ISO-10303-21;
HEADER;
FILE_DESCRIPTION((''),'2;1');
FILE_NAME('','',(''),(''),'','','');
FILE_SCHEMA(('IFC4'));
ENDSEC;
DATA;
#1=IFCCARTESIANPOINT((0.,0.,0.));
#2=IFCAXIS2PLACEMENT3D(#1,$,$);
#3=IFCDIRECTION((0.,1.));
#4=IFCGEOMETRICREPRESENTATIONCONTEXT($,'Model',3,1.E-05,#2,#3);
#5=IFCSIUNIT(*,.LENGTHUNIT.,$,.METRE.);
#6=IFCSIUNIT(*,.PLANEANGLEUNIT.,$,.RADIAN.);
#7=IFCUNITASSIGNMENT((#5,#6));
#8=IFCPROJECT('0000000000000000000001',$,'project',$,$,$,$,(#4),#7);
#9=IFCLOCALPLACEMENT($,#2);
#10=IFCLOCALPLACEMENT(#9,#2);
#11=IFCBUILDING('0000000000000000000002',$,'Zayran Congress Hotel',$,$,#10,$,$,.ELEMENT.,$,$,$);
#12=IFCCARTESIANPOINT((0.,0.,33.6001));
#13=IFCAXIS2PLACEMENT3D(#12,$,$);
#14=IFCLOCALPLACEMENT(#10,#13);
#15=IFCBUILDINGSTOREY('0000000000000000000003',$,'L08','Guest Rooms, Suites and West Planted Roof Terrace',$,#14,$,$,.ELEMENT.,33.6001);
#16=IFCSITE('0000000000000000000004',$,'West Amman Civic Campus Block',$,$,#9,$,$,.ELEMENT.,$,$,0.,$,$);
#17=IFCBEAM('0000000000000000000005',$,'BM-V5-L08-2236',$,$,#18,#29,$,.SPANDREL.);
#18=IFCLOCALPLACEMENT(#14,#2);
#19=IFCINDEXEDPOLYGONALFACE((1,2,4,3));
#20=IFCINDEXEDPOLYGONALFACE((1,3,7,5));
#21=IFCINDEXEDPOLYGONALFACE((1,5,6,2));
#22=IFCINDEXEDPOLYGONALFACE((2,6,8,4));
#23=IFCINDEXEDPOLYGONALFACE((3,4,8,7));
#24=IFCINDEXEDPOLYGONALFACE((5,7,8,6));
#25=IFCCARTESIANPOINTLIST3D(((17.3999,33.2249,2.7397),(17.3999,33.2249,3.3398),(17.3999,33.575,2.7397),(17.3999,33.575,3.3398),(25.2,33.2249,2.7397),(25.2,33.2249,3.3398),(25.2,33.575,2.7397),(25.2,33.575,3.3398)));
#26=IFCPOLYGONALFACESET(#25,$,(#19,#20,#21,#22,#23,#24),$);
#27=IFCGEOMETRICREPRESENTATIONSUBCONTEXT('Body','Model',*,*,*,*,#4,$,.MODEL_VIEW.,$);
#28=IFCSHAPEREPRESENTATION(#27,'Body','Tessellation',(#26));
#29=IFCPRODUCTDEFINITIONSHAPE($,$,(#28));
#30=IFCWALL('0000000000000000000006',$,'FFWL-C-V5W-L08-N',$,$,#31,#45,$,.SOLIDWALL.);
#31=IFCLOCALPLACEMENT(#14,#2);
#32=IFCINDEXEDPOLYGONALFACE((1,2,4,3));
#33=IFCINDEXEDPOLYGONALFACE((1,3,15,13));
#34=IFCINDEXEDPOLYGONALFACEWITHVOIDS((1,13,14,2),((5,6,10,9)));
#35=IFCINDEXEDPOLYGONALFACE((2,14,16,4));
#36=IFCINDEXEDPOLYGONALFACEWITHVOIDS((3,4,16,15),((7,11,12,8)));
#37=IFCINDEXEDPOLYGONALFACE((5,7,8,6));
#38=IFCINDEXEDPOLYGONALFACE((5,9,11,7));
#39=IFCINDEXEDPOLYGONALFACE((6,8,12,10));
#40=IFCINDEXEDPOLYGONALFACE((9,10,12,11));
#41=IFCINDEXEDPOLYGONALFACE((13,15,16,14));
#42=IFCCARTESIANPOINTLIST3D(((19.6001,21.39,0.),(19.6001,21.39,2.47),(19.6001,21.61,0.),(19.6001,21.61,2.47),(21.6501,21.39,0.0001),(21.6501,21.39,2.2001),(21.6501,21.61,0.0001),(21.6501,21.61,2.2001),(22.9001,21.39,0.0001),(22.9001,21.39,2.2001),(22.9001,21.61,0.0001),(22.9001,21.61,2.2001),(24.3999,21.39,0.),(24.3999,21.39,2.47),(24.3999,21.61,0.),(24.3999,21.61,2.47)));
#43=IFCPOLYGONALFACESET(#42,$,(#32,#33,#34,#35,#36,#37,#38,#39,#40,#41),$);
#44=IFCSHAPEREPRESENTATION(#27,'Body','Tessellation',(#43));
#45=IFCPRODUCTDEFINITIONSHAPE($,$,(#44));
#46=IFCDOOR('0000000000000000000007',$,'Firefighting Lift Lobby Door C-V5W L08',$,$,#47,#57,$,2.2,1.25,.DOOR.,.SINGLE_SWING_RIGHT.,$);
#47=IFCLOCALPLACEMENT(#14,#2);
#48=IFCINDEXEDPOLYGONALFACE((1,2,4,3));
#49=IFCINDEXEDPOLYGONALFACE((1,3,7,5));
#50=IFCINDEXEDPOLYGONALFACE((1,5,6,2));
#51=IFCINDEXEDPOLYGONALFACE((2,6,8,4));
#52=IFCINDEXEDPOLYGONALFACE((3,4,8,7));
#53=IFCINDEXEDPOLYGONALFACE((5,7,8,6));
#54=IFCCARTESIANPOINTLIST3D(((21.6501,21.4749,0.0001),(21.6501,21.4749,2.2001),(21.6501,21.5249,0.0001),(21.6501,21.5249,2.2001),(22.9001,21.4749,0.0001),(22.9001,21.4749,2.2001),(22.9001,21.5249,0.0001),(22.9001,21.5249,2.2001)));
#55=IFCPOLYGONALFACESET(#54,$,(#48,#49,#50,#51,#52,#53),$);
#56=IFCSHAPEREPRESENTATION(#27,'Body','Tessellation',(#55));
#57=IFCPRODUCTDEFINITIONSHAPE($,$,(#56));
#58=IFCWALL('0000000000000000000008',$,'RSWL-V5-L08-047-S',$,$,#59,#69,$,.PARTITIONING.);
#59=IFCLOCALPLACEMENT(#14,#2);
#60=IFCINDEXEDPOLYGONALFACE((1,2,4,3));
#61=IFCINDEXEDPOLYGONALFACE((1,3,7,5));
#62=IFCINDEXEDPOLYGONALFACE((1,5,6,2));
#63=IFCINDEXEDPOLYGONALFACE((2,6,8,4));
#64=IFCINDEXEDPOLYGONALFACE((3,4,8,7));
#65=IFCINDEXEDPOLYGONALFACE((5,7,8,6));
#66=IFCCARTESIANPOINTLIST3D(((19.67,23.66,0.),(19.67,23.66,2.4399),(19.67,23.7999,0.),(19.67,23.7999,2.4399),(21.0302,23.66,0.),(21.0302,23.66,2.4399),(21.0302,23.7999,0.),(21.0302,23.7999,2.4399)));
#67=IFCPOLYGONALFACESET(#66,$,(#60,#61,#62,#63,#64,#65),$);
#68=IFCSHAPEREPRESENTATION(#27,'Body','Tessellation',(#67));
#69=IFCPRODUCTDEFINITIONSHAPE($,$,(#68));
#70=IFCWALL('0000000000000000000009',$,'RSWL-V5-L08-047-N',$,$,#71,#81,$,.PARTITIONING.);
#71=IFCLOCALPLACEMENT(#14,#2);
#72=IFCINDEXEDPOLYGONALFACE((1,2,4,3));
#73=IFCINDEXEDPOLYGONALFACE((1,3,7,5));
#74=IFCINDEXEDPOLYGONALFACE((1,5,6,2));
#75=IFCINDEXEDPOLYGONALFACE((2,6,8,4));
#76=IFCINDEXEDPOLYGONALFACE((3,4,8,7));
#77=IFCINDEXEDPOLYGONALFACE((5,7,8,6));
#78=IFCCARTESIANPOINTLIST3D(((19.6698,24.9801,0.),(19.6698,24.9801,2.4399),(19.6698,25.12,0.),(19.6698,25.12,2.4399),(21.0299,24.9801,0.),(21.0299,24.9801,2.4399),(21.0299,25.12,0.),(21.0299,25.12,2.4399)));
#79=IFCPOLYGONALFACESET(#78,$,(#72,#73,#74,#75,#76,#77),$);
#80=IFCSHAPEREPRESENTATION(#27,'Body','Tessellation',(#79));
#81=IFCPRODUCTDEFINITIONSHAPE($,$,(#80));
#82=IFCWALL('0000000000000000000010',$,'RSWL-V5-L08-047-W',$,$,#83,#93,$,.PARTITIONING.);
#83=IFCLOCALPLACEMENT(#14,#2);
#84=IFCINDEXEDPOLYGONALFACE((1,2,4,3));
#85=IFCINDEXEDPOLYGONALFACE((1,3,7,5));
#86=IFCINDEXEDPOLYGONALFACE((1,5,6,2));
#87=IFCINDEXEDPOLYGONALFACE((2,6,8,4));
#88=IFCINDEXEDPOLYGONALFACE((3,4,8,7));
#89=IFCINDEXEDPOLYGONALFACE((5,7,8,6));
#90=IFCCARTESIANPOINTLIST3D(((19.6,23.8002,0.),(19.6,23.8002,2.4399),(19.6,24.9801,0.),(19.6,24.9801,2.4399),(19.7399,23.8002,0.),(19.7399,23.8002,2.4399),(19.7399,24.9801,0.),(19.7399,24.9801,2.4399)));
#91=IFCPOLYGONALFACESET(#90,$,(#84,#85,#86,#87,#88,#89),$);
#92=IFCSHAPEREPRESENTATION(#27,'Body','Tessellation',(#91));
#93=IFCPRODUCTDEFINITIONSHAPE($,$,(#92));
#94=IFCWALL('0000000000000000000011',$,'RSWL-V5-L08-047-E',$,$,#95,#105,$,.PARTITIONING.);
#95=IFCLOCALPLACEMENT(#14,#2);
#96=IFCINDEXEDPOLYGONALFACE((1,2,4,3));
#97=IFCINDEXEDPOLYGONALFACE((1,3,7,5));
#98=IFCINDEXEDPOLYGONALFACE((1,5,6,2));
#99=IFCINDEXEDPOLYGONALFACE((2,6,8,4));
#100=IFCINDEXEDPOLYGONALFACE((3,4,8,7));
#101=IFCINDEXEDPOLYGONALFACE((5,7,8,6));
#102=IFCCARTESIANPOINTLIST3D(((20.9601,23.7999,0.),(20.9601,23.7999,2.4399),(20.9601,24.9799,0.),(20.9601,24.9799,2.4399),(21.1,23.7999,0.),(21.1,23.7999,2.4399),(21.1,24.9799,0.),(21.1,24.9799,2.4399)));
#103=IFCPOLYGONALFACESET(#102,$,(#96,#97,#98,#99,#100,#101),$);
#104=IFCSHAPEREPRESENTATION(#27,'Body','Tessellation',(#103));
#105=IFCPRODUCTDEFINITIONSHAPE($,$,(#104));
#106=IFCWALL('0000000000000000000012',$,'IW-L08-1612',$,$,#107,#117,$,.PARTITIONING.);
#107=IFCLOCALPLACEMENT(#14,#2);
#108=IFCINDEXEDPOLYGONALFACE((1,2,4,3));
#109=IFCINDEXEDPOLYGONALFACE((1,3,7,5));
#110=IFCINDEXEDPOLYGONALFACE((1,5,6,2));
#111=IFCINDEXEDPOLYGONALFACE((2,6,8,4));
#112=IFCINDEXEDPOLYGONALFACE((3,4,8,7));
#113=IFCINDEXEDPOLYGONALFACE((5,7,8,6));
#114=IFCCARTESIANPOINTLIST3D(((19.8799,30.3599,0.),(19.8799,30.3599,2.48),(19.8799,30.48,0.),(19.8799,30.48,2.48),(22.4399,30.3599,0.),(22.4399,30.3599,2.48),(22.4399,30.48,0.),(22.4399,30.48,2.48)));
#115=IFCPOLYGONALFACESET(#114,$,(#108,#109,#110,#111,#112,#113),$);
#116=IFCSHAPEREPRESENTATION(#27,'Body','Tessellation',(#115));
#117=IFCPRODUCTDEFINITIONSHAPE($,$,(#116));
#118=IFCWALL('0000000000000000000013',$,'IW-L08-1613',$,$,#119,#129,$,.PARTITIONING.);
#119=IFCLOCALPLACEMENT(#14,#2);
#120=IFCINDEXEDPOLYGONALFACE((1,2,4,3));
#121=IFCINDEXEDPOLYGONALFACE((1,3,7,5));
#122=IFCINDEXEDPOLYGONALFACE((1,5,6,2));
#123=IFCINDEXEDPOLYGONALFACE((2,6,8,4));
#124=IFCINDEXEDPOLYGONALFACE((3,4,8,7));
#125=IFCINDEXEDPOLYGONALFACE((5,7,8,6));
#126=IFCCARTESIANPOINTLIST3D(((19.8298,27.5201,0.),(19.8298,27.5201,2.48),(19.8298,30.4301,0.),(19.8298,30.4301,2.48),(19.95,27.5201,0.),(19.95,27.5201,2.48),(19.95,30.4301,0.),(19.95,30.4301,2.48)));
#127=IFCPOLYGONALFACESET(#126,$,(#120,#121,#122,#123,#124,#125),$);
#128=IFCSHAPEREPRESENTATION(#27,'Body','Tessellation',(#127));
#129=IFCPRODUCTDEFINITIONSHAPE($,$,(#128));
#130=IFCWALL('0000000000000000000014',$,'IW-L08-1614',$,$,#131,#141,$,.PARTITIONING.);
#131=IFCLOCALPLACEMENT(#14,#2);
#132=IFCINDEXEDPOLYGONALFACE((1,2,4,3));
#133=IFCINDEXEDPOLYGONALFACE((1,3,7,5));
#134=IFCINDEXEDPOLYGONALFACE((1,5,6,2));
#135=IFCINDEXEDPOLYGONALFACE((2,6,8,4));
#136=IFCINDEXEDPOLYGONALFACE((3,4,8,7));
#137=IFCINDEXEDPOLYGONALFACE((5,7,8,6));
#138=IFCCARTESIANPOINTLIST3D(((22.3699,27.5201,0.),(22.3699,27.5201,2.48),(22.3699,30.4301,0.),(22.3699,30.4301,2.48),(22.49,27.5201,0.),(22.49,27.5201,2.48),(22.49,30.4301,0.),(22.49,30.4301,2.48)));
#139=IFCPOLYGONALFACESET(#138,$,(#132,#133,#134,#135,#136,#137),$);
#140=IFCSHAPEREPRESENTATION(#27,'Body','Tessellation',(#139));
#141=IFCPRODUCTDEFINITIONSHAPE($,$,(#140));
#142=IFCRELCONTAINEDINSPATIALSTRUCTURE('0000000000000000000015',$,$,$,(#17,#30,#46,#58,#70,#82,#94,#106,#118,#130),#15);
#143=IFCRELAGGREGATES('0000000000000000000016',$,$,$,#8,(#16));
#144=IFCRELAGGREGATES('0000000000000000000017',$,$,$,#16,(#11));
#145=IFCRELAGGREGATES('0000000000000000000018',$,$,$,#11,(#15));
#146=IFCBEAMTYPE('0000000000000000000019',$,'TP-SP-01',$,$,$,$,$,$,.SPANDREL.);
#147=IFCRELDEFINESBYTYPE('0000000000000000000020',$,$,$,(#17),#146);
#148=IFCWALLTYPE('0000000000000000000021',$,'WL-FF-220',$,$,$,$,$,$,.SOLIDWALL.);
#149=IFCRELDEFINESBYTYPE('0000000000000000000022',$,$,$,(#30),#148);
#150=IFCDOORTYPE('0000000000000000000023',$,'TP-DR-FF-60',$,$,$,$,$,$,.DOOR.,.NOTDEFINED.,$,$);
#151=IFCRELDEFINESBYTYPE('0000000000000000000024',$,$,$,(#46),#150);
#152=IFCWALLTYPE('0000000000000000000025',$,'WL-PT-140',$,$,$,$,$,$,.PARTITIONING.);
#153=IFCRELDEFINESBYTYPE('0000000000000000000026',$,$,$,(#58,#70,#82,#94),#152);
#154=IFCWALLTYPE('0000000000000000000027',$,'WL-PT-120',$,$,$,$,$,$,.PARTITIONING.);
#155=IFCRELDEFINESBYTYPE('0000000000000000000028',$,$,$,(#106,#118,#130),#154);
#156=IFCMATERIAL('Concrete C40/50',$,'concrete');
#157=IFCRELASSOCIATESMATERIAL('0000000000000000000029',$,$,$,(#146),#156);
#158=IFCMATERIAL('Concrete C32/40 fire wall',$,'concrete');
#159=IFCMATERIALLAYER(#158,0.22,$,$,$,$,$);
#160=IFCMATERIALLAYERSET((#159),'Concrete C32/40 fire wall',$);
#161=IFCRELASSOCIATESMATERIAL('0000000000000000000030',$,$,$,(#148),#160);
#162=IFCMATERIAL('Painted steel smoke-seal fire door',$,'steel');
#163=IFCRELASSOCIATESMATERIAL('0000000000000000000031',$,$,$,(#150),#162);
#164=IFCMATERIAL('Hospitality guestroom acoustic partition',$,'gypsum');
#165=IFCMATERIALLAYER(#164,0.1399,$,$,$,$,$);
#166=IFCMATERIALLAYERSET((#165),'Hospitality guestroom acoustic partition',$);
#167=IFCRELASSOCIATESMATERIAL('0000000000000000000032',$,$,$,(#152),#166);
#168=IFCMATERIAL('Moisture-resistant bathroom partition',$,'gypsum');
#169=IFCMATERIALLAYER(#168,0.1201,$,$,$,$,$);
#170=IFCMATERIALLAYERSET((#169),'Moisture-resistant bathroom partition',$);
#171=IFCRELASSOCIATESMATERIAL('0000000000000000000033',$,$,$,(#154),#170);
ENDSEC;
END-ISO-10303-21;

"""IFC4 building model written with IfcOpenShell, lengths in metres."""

from ifc_helpers import new_model, si_unit, direction, frame, frame_2d, origin, origin_2d, place, context, subcontext, project, spatial, rectangle, extrude, material, layer, layer_set, material_profile, profile_set, type_object, element, fill, save


model = new_model("IFC4")

# Units and contexts
model_context = context("Model", 3, precision=1e-05, world=origin(), true_north=direction((0.0, 1.0)))
body_context = subcontext(model_context, "Body", "Model", "MODEL_VIEW")
ifc_project = project(units=[si_unit("LENGTHUNIT", "METRE"), si_unit("PLANEANGLEUNIT", "RADIAN")], contexts=[model_context])

# Site, building, storey
site_placement = place(None, origin())
site = spatial("IfcSite", under=ifc_project, at=site_placement, Name="West Amman Civic Campus Block", CompositionType="ELEMENT", RefElevation=0.0)
building_placement = place(site_placement, origin())
building = spatial("IfcBuilding", under=site, at=building_placement, Name="Zayran Congress Hotel", CompositionType="ELEMENT")
storey_placement = place(building_placement, frame((0.0, 0.0, 33.6001)))
storey = spatial("IfcBuildingStorey", under=building, at=storey_placement, Name="L08", Description="Guest Rooms, Suites and West Planted Roof Terrace", CompositionType="ELEMENT", Elevation=33.6001)

# Beam
ifc_material_1 = material(Name="Concrete C40/50", Category="concrete")
ifc_material_profile = material_profile(ifc_material_1, rectangle(XDim=0.3501, YDim=0.6001, at=origin_2d()), Name="RC 350x600")
ifc_profile_set = profile_set([ifc_material_profile], Name="Concrete C40/50")
beam_type = type_object("IfcBeamType", Name="TP-SP-01", PredefinedType="SPANDREL", material=ifc_profile_set)
beam_placement = place(storey_placement, frame((17.3999, 33.3999, 3.0398), z_axis=(1.0, 0.0, 0.0), x_axis=(0.0, 1.0, 0.0)))
element("IfcBeam", 1, at=beam_placement, inside=storey, type_object=beam_type, Name="BM-V5-L08-2236", PredefinedType="SPANDREL", context=body_context, shape_type="SweptSolid", body=[
    extrude(rectangle(XDim=0.3501, YDim=0.6001, at=origin_2d()), origin(), (0.0, 0.0, 1.0), 7.8),
])

# Wall, opening, door
ifc_material_2 = material(Name="Concrete C32/40 fire wall", Category="concrete")
ifc_layer_1 = layer(ifc_material_2, 0.22)
ifc_layer_set_1 = layer_set([ifc_layer_1], Name="Concrete C32/40 fire wall")
wall_type_1 = type_object("IfcWallType", Name="WL-FF-220", PredefinedType="SOLIDWALL", material=ifc_layer_set_1)
wall_1_placement = place(storey_placement, frame((19.6001, 21.5, 0.0), z_axis=(0.0, 0.0, 1.0), x_axis=(1.0, 0.0, 0.0)))
wall_1 = element("IfcWall", 2, at=wall_1_placement, inside=storey, type_object=wall_type_1, Name="FFWL-C-V5W-L08-N", PredefinedType="SOLIDWALL", context=body_context, shape_type="SweptSolid", body=[
    extrude(rectangle(XDim=4.7998, YDim=0.22, at=frame_2d((2.3999, 0.0))), origin(), (0.0, 0.0, 1.0), 2.47),
])
opening_1_placement = place(wall_1_placement, frame((2.05, 0.0, 0.0)))
opening_1 = element("IfcOpeningElement", 3, at=opening_1_placement, cuts=wall_1, PredefinedType="OPENING", context=body_context, shape_type="SweptSolid", body=[
    extrude(rectangle(XDim=1.25, YDim=2.2, at=frame_2d((0.625, 1.1001))), frame((0.0, 0.1199, 0.0), z_axis=(0.0, -1.0, 0.0), x_axis=(1.0, 0.0, 0.0)), (0.0, 0.0, 1.0), 0.24),
])
ifc_material_3 = material(Name="Painted steel smoke-seal fire door", Category="steel")
door_type_1 = type_object("IfcDoorType", Name="TP-DR-FF-60", OperationType="NOTDEFINED", PredefinedType="DOOR", material=ifc_material_3)
door_1_placement = place(opening_1_placement, origin())
door_1 = element("IfcDoor", 4, at=door_1_placement, inside=storey, type_object=door_type_1, Name="Firefighting Lift Lobby Door C-V5W L08", OperationType="SINGLE_SWING_RIGHT", OverallHeight=2.2, OverallWidth=1.25, PredefinedType="DOOR", context=body_context, shape_type="SweptSolid", body=[
    extrude(rectangle(XDim=1.25, YDim=2.2, at=frame_2d((0.625, 1.1001))), frame((0.0, 0.0249, 0.0), z_axis=(0.0, -1.0, 0.0), x_axis=(1.0, 0.0, 0.0)), (0.0, 0.0, 1.0), 0.05),
])
fill(opening_1, door_1)

# Walls
ifc_material_4 = material(Name="Hospitality guestroom acoustic partition", Category="gypsum")
ifc_layer_2 = layer(ifc_material_4, 0.1399)
ifc_layer_set_2 = layer_set([ifc_layer_2], Name="Hospitality guestroom acoustic partition")
wall_type_2 = type_object("IfcWallType", Name="WL-PT-140", PredefinedType="PARTITIONING", material=ifc_layer_set_2)
for number, where, z_axis, x_axis, name in (
    (5, (19.6699, 23.73, 0.0), (0.0, 0.0, 1.0), (1.0, 0.0, 0.0), "RSWL-V5-L08-047-S"),
    (6, (21.03, 25.05, 0.0), (0.0, 0.0, 1.0), (-1.0, 0.0, 0.0), "RSWL-V5-L08-047-N"),
):
    element("IfcWall", number, at=place(storey_placement, frame(where, z_axis=z_axis, x_axis=x_axis)), inside=storey, type_object=wall_type_2, Name=name, PredefinedType="PARTITIONING", context=body_context, shape_type="SweptSolid", body=[
        extrude(rectangle(XDim=1.3601, YDim=0.1399, at=frame_2d((0.6802, 0.0))), origin(), (0.0, 0.0, 1.0), 2.4399),
    ])
for number, where, z_axis, x_axis, name in (
    (7, (19.6699, 24.98, 0.0), (0.0, 0.0, 1.0), (0.0, -1.0, 0.0), "RSWL-V5-L08-047-W"),
    (8, (21.03, 23.8, 0.0), (0.0, 0.0, 1.0), (0.0, 1.0, 0.0), "RSWL-V5-L08-047-E"),
):
    element("IfcWall", number, at=place(storey_placement, frame(where, z_axis=z_axis, x_axis=x_axis)), inside=storey, type_object=wall_type_2, Name=name, PredefinedType="PARTITIONING", context=body_context, shape_type="SweptSolid", body=[
        extrude(rectangle(XDim=1.1799, YDim=0.1399, at=frame_2d((0.5898, 0.0))), origin(), (0.0, 0.0, 1.0), 2.4399),
    ])

# Shared definitions
ifc_material_5 = material(Name="Moisture-resistant bathroom partition", Category="gypsum")
ifc_layer_3 = layer(ifc_material_5, 0.1201)
ifc_layer_set_3 = layer_set([ifc_layer_3], Name="Moisture-resistant bathroom partition")
wall_type_3 = type_object("IfcWallType", Name="WL-PT-120", PredefinedType="PARTITIONING", material=ifc_layer_set_3)

# Walls
wall_2_placement = place(storey_placement, frame((19.8799, 30.4199, 0.0), z_axis=(0.0, 0.0, 1.0), x_axis=(1.0, 0.0, 0.0)))
element("IfcWall", 9, at=wall_2_placement, inside=storey, type_object=wall_type_3, Name="IW-L08-1612", PredefinedType="PARTITIONING", context=body_context, shape_type="SweptSolid", body=[
    extrude(rectangle(XDim=2.5601, YDim=0.1201, at=frame_2d((1.28, 0.0))), origin(), (0.0, 0.0, 1.0), 2.48),
])
for number, where, z_axis, x_axis, name in (
    (10, (19.8899, 27.52, 0.0), (0.0, 0.0, 1.0), (0.0, 1.0, 0.0), "IW-L08-1613"),
    (11, (22.4299, 27.52, 0.0), (0.0, 0.0, 1.0), (0.0, 1.0, 0.0), "IW-L08-1614"),
):
    element("IfcWall", number, at=place(storey_placement, frame(where, z_axis=z_axis, x_axis=x_axis)), inside=storey, type_object=wall_type_3, Name=name, PredefinedType="PARTITIONING", context=body_context, shape_type="SweptSolid", body=[
        extrude(rectangle(XDim=2.9099, YDim=0.1201, at=frame_2d((1.4551, 0.0))), origin(), (0.0, 0.0, 1.0), 2.48),
    ])

save(model, "model.ifc")
